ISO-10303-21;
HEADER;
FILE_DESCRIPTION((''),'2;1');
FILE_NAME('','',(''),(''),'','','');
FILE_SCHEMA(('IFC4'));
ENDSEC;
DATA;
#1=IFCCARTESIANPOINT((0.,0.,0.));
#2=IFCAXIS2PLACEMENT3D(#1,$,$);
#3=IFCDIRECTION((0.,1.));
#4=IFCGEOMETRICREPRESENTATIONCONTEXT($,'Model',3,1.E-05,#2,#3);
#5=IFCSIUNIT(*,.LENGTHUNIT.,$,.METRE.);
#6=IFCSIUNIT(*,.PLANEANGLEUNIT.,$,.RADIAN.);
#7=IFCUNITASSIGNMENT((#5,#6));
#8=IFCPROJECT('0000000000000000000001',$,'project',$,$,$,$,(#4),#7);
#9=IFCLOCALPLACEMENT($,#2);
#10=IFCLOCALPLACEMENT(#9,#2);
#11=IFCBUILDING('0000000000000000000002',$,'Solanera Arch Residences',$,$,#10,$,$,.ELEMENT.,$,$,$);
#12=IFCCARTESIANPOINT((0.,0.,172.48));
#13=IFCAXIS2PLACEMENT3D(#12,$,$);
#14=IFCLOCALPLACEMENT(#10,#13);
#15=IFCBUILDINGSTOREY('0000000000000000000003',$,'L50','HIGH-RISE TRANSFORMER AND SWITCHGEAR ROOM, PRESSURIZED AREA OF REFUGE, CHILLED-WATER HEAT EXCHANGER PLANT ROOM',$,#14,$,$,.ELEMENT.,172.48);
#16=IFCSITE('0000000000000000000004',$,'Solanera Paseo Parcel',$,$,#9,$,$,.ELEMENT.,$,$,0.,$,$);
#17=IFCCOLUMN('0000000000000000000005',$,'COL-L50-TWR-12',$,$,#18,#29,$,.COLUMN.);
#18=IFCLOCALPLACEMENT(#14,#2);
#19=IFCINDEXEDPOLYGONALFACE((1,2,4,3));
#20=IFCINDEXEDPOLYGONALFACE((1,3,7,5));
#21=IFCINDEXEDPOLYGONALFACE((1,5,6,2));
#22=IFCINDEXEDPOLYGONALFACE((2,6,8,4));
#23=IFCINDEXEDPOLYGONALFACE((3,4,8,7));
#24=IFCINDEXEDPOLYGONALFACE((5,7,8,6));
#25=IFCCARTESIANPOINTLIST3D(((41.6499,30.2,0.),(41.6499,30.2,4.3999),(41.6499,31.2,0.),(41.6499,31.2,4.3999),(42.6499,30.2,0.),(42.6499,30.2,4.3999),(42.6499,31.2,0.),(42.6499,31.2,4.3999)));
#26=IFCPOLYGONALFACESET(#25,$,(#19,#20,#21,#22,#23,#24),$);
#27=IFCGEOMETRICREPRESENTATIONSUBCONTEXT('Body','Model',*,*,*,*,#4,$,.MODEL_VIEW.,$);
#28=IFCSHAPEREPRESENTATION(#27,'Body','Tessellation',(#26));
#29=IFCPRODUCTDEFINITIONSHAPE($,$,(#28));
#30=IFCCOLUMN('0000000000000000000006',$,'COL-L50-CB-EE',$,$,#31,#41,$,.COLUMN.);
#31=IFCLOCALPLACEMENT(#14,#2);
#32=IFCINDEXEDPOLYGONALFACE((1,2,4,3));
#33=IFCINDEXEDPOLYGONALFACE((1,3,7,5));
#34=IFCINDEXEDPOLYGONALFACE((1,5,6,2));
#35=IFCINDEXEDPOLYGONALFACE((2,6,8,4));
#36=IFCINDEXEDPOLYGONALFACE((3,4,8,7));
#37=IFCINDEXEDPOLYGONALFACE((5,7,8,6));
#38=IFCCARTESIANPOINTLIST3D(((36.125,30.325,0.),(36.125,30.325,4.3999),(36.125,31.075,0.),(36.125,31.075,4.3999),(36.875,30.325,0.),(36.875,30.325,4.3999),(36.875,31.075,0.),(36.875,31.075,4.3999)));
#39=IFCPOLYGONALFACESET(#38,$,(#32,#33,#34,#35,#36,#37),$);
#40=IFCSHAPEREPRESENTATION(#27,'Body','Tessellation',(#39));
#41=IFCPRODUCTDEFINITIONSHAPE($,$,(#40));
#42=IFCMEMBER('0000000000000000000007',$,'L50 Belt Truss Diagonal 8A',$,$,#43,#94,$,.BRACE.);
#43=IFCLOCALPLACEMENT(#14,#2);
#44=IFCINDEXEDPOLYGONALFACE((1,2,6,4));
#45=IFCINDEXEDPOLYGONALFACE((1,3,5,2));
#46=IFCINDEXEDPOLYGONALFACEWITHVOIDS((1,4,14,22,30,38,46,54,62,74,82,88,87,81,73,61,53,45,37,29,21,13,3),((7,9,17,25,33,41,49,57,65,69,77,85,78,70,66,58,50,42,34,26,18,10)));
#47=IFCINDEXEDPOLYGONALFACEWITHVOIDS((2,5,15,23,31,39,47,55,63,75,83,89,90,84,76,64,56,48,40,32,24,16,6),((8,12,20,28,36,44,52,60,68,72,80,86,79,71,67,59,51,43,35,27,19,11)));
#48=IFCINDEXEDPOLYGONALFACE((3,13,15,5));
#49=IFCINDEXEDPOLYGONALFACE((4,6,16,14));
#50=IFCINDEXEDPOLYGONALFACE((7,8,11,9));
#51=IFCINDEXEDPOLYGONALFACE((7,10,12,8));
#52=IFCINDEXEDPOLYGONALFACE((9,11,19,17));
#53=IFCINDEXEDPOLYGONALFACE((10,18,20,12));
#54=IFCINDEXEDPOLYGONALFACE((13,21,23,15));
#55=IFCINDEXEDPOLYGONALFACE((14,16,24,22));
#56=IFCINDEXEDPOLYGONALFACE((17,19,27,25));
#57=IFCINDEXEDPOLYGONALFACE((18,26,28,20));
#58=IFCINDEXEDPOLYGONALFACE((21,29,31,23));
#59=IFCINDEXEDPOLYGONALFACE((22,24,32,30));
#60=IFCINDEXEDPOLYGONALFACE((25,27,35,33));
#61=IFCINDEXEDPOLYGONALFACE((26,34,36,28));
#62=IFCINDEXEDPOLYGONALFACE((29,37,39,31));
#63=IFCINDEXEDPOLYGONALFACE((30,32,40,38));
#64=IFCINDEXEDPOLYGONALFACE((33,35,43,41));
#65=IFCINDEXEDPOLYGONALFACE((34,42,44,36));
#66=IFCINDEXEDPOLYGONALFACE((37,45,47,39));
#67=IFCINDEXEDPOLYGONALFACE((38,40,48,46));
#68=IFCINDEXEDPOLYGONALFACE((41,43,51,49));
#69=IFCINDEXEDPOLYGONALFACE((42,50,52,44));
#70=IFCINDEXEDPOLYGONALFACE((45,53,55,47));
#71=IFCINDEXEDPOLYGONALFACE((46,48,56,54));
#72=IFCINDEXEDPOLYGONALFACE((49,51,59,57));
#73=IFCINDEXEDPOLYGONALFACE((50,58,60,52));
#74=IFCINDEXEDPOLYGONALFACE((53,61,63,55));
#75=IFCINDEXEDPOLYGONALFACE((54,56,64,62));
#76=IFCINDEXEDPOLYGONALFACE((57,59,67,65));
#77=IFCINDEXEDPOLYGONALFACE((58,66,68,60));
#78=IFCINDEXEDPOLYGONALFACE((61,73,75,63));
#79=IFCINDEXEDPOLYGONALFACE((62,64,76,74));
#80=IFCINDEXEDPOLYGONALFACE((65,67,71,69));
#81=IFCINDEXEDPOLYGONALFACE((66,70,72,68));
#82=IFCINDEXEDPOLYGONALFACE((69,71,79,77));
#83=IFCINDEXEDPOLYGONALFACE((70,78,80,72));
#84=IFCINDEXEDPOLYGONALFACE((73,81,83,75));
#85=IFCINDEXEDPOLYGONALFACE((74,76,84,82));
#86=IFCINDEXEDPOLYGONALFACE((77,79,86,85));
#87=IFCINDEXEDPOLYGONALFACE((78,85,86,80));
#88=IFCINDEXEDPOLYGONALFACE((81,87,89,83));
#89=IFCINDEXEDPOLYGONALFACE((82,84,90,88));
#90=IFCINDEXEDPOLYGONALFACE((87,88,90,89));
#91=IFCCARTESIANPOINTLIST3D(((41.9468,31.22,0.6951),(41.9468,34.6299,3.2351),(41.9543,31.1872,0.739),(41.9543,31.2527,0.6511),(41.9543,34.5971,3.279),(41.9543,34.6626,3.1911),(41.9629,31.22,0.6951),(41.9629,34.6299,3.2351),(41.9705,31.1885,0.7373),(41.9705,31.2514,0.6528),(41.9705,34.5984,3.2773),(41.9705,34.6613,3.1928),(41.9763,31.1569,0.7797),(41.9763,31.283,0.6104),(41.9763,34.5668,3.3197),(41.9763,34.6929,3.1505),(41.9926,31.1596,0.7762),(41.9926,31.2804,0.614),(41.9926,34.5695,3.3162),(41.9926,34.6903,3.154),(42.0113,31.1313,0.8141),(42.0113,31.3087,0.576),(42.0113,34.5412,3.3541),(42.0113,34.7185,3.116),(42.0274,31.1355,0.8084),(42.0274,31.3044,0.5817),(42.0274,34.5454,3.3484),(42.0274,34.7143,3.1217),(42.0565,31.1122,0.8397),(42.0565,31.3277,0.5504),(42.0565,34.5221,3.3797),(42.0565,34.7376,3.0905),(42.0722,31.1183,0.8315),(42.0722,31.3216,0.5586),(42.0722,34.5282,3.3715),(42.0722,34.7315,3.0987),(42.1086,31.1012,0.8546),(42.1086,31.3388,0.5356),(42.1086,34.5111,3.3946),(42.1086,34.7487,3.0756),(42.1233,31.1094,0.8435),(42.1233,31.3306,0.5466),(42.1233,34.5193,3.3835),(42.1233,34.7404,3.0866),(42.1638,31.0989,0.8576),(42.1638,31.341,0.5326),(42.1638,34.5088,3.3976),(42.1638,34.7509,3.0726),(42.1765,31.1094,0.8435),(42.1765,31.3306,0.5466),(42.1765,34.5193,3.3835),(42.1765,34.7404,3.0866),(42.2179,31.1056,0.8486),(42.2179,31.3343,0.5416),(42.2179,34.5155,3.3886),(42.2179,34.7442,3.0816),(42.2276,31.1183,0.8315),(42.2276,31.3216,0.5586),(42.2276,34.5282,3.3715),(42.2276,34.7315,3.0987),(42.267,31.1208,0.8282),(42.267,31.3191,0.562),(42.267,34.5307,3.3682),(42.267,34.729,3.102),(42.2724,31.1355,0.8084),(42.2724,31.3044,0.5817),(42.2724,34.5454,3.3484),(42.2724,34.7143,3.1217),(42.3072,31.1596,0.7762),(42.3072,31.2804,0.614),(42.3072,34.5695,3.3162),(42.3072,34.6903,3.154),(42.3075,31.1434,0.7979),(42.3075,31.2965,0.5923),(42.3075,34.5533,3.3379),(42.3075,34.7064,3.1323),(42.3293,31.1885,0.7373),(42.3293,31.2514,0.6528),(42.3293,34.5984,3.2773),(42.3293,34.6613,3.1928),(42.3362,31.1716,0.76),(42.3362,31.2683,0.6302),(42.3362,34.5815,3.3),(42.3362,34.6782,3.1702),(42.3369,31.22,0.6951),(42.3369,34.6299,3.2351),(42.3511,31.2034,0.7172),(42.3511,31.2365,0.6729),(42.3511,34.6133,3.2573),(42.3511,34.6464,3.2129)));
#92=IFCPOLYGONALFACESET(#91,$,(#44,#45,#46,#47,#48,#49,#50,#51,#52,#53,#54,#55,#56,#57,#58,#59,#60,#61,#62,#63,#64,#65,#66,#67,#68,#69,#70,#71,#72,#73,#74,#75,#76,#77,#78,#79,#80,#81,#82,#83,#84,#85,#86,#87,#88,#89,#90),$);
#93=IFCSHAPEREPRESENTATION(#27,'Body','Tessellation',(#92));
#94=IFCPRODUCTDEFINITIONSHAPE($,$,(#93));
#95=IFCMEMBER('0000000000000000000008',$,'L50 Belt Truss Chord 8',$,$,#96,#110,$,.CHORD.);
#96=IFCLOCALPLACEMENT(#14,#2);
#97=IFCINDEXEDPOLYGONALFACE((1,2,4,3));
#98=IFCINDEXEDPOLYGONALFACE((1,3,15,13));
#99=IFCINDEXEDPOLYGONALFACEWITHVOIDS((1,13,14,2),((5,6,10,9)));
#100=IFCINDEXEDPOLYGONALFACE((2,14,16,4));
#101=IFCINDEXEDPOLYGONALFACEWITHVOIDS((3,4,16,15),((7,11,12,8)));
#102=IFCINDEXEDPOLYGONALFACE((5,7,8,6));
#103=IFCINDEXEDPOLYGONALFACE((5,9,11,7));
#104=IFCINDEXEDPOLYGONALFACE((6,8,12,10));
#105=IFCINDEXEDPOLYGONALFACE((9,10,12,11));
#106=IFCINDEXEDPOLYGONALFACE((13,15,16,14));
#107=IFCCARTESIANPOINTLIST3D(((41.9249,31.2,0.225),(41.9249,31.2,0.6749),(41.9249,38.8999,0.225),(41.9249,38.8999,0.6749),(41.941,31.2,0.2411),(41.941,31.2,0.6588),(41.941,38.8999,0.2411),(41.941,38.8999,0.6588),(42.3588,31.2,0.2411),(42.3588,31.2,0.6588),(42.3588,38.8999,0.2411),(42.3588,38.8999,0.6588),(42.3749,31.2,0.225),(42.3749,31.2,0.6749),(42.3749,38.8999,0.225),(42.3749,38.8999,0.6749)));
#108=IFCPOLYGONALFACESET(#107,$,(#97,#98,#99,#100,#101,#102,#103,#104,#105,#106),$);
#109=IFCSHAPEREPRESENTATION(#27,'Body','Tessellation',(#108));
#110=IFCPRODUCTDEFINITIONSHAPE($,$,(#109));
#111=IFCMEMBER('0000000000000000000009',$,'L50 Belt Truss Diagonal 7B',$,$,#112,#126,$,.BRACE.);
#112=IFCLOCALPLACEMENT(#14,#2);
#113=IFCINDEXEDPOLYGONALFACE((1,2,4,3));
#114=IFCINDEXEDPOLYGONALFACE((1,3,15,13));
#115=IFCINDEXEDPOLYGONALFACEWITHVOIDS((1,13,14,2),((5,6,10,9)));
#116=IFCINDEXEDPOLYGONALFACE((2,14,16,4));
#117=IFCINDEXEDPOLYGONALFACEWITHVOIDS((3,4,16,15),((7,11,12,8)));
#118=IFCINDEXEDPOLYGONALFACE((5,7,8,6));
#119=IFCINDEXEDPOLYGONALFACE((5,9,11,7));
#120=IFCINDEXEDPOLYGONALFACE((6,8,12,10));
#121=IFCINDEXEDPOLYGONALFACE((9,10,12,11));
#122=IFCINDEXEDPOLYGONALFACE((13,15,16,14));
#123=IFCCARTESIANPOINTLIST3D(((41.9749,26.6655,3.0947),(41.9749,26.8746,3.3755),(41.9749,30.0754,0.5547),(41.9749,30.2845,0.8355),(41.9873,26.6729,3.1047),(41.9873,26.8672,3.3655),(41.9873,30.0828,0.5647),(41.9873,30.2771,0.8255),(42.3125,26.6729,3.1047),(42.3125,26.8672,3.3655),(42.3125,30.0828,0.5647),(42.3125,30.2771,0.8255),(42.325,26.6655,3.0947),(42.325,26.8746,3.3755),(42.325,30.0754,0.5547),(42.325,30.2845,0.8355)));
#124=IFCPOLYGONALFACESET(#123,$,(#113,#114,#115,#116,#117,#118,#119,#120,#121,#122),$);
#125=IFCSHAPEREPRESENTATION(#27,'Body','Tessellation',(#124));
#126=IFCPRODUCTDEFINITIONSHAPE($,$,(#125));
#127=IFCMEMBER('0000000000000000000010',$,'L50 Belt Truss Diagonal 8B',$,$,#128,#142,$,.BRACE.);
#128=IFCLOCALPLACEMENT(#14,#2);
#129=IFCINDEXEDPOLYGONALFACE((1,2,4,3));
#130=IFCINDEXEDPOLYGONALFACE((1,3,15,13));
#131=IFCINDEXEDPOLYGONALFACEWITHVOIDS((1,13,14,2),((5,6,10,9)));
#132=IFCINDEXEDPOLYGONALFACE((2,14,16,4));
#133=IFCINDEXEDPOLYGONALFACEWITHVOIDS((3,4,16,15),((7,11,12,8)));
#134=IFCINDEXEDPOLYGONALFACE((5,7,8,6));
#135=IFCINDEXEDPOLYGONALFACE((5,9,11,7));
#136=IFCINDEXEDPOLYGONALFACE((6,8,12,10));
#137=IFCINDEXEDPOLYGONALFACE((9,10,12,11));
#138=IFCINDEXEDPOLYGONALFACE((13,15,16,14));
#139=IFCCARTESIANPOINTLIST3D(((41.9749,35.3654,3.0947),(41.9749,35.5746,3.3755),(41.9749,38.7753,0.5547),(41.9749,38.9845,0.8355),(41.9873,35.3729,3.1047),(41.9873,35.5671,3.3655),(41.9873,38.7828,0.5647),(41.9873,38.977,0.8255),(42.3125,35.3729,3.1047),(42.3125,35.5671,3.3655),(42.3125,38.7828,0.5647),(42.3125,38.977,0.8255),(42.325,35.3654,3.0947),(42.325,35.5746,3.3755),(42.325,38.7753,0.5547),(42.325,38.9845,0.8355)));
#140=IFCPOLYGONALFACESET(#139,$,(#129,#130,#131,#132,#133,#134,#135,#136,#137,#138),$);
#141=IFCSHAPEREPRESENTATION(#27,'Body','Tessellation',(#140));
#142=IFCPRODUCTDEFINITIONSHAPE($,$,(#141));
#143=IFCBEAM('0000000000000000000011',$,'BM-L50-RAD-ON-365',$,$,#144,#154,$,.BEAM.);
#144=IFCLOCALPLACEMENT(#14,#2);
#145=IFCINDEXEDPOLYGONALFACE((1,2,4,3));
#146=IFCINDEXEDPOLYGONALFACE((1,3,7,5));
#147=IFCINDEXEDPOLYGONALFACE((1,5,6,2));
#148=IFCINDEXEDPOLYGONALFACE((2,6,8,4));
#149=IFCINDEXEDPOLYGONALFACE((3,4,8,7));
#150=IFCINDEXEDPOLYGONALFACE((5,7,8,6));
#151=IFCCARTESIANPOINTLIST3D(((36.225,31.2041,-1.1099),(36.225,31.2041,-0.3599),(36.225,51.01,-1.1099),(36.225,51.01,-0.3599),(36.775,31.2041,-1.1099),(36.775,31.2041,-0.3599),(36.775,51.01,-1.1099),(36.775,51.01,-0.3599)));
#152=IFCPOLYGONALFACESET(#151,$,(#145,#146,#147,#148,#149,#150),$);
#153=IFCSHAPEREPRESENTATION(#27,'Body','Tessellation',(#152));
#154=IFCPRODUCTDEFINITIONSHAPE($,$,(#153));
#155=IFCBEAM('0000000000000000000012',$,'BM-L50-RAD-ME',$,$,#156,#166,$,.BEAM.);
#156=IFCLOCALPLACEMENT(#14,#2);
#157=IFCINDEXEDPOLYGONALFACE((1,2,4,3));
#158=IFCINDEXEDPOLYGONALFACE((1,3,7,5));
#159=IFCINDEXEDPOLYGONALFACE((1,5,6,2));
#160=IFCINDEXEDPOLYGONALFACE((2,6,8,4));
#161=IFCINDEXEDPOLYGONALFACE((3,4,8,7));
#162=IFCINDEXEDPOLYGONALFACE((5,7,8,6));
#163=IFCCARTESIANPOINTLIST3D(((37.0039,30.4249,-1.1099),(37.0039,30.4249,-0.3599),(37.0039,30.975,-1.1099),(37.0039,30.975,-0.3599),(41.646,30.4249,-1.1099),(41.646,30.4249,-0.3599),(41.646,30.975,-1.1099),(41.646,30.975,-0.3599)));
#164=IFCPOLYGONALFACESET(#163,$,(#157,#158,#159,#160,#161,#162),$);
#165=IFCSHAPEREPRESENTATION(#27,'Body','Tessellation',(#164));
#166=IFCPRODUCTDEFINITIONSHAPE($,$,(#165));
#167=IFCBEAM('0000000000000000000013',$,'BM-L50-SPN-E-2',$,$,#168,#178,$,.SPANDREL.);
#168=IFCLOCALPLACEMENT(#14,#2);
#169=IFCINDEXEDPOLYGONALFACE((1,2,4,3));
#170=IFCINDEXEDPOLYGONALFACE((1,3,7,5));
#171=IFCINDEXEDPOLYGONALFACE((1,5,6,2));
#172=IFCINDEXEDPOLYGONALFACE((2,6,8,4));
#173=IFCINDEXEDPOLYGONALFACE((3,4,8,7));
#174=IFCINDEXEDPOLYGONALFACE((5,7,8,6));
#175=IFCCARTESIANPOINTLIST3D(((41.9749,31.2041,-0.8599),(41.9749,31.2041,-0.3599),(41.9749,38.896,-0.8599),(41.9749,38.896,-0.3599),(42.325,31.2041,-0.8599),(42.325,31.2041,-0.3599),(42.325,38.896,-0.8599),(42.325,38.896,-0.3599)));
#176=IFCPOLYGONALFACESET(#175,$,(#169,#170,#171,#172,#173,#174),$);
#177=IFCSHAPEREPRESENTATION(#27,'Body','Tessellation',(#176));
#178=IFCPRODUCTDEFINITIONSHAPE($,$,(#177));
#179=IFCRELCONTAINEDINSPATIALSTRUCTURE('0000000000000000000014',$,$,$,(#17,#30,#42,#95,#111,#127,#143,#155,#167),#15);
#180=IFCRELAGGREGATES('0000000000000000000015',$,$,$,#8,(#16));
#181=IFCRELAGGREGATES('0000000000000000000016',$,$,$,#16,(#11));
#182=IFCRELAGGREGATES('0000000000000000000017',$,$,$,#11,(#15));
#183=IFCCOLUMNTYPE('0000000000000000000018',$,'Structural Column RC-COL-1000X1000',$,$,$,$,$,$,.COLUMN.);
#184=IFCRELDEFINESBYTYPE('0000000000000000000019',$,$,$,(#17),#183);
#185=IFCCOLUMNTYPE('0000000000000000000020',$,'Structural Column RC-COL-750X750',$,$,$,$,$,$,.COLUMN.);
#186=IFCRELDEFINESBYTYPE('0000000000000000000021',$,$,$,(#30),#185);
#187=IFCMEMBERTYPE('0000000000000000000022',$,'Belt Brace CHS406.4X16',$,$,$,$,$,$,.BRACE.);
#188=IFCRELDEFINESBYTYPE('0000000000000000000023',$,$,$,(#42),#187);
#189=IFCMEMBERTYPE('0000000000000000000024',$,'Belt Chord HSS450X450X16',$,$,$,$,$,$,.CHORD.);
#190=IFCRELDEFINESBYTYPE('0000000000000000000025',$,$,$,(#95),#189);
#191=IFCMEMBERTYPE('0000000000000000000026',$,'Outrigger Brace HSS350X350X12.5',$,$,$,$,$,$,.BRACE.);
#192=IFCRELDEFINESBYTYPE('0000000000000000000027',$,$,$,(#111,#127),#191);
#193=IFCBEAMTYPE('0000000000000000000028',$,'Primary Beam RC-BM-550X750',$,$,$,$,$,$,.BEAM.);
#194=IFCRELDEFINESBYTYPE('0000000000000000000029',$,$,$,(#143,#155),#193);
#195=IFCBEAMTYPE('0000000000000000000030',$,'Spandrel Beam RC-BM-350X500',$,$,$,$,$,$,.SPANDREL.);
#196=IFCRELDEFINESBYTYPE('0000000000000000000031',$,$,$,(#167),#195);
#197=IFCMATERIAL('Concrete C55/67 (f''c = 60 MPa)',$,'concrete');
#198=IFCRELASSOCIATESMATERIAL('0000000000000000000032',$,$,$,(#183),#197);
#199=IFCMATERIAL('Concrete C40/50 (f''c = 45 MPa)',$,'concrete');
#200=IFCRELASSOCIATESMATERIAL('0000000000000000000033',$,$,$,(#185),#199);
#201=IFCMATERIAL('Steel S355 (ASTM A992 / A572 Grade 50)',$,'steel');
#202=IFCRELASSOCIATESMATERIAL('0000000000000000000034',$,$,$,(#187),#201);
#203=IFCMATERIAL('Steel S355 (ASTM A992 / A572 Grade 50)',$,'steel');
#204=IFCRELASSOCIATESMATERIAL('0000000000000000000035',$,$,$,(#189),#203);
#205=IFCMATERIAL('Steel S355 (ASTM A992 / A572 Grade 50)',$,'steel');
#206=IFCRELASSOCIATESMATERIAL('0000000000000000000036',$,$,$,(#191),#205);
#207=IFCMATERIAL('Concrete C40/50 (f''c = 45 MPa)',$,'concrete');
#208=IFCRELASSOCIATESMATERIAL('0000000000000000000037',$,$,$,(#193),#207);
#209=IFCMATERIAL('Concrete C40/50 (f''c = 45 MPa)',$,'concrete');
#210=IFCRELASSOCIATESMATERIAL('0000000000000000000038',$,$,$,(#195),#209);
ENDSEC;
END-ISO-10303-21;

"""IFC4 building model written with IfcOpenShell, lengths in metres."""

from ifc_helpers import new_model, si_unit, direction, frame, origin, origin_2d, place, context, subcontext, project, spatial, rectangle, hollow_rectangle, hollow_circle, extrude, material, material_profile, profile_set, type_object, element, save


model = new_model("IFC4")

# Units and contexts
model_context = context("Model", 3, precision=1e-05, world=origin(), true_north=direction((0.0, 1.0)))
body_context = subcontext(model_context, "Body", "Model", "MODEL_VIEW")
ifc_project = project(units=[si_unit("LENGTHUNIT", "METRE"), si_unit("PLANEANGLEUNIT", "RADIAN")], contexts=[model_context])

# Site, building, storey
site_placement = place(None, origin())
site = spatial("IfcSite", under=ifc_project, at=site_placement, Name="Solanera Paseo Parcel", CompositionType="ELEMENT", RefElevation=0.0)
building_placement = place(site_placement, origin())
building = spatial("IfcBuilding", under=site, at=building_placement, Name="Solanera Arch Residences", CompositionType="ELEMENT")
storey_placement = place(building_placement, frame((0.0, 0.0, 172.48)))
storey = spatial("IfcBuildingStorey", under=building, at=storey_placement, Name="L50", Description="HIGH-RISE TRANSFORMER AND SWITCHGEAR ROOM, PRESSURIZED AREA OF REFUGE, CHILLED-WATER HEAT EXCHANGER PLANT ROOM", CompositionType="ELEMENT", Elevation=172.48)

# Columns
ifc_material_1 = material(Name="Concrete C55/67 (f'c = 60 MPa)", Category="concrete")
ifc_material_profile_1 = material_profile(ifc_material_1, rectangle(XDim=1.0, YDim=1.0, at=origin_2d()))
ifc_profile_set_1 = profile_set([ifc_material_profile_1], Name="Concrete C55/67 (f'c = 60 MPa)")
column_type_1 = type_object("IfcColumnType", Name="Structural Column RC-COL-1000X1000", PredefinedType="COLUMN", material=ifc_profile_set_1)
column_1_placement = place(storey_placement, frame((42.1499, 30.7, 0.0), z_axis=(0.0, 0.0, 1.0), x_axis=(1.0, 0.0, 0.0)))
element("IfcColumn", 1, at=column_1_placement, inside=storey, type_object=column_type_1, Name="COL-L50-TWR-12", PredefinedType="COLUMN", context=body_context, shape_type="SweptSolid", body=[
    extrude(rectangle(XDim=1.0, YDim=1.0, at=origin_2d()), origin(), (0.0, 0.0, 1.0), 4.3999),
])
ifc_material_2 = material(Name="Concrete C40/50 (f'c = 45 MPa)", Category="concrete")
ifc_material_profile_2 = material_profile(ifc_material_2, rectangle(XDim=0.75, YDim=0.75, at=origin_2d()))
ifc_profile_set_2 = profile_set([ifc_material_profile_2], Name="Concrete C40/50 (f'c = 45 MPa)")
column_type_2 = type_object("IfcColumnType", Name="Structural Column RC-COL-750X750", PredefinedType="COLUMN", material=ifc_profile_set_2)
column_2_placement = place(storey_placement, frame((36.5, 30.7, 0.0), z_axis=(0.0, 0.0, 1.0), x_axis=(1.0, 0.0, 0.0)))
element("IfcColumn", 2, at=column_2_placement, inside=storey, type_object=column_type_2, Name="COL-L50-CB-EE", PredefinedType="COLUMN", context=body_context, shape_type="SweptSolid", body=[
    extrude(rectangle(XDim=0.75, YDim=0.75, at=origin_2d()), origin(), (0.0, 0.0, 1.0), 4.3999),
])

# Members
ifc_material_3 = material(Name="Steel S355 (ASTM A992 / A572 Grade 50)", Category="steel")
ifc_material_profile_3 = material_profile(ifc_material_3, hollow_circle(Radius=0.2031, WallThickness=0.0161, at=origin_2d()))
ifc_profile_set_3 = profile_set([ifc_material_profile_3], Name="Steel S355 (ASTM A992 / A572 Grade 50)")
member_type_1 = type_object("IfcMemberType", Name="Belt Brace CHS406.4X16", PredefinedType="BRACE", material=ifc_profile_set_3)
member_1_placement = place(storey_placement, frame((42.1499, 31.22, 0.6951), z_axis=(0.0, 0.801959, 0.597379), x_axis=(-1.0, 0.0, 0.0)))
element("IfcMember", 3, at=member_1_placement, inside=storey, type_object=member_type_1, Name="L50 Belt Truss Diagonal 8A", PredefinedType="BRACE", context=body_context, shape_type="SweptSolid", body=[
    extrude(hollow_circle(Radius=0.2031, WallThickness=0.0161, at=origin_2d()), origin(), (0.0, 0.0, 1.0), 4.252),
])
ifc_material_4 = material(Name="Steel S355 (ASTM A992 / A572 Grade 50)", Category="steel")
ifc_material_profile_4 = material_profile(ifc_material_4, hollow_rectangle(XDim=0.45, YDim=0.45, WallThickness=0.0161, at=origin_2d()))
ifc_profile_set_4 = profile_set([ifc_material_profile_4], Name="Steel S355 (ASTM A992 / A572 Grade 50)")
member_type_2 = type_object("IfcMemberType", Name="Belt Chord HSS450X450X16", PredefinedType="CHORD", material=ifc_profile_set_4)
member_2_placement = place(storey_placement, frame((42.1499, 31.2, 0.45), z_axis=(0.0, 1.0, 0.0), x_axis=(-1.0, 0.0, 0.0)))
element("IfcMember", 4, at=member_2_placement, inside=storey, type_object=member_type_2, Name="L50 Belt Truss Chord 8", PredefinedType="CHORD", context=body_context, shape_type="SweptSolid", body=[
    extrude(hollow_rectangle(XDim=0.45, YDim=0.45, WallThickness=0.0161, at=origin_2d()), origin(), (0.0, 0.0, 1.0), 7.7),
])
ifc_material_5 = material(Name="Steel S355 (ASTM A992 / A572 Grade 50)", Category="steel")
ifc_material_profile_5 = material_profile(ifc_material_5, hollow_rectangle(XDim=0.3501, YDim=0.3501, WallThickness=0.0125, at=origin_2d()))
ifc_profile_set_5 = profile_set([ifc_material_profile_5], Name="Steel S355 (ASTM A992 / A572 Grade 50)")
member_type_3 = type_object("IfcMemberType", Name="Outrigger Brace HSS350X350X12.5", PredefinedType="BRACE", material=ifc_profile_set_5)
for number, where, z_axis, x_axis, name in (
    (5, (42.1499, 30.1799, 0.6951), (0.0, -0.801959, 0.597379), (1.0, 0.0, 0.0), "L50 Belt Truss Diagonal 7B"),
    (6, (42.1499, 38.8799, 0.6951), (0.0, -0.801959, 0.597379), (1.0, 0.0, 0.0), "L50 Belt Truss Diagonal 8B"),
):
    element("IfcMember", number, at=place(storey_placement, frame(where, z_axis=z_axis, x_axis=x_axis)), inside=storey, type_object=member_type_3, Name=name, PredefinedType="BRACE", context=body_context, shape_type="SweptSolid", body=[
        extrude(hollow_rectangle(XDim=0.3501, YDim=0.3501, WallThickness=0.0125, at=origin_2d()), origin(), (0.0, 0.0, 1.0), 4.252),
    ])

# Beams
ifc_material_6 = material(Name="Concrete C40/50 (f'c = 45 MPa)", Category="concrete")
ifc_material_profile_6 = material_profile(ifc_material_6, rectangle(XDim=0.55, YDim=0.75, at=origin_2d()))
ifc_profile_set_6 = profile_set([ifc_material_profile_6], Name="Concrete C40/50 (f'c = 45 MPa)")
beam_type_1 = type_object("IfcBeamType", Name="Primary Beam RC-BM-550X750", PredefinedType="BEAM", material=ifc_profile_set_6)
beam_1_placement = place(storey_placement, frame((36.5, 31.2041, -0.7349), z_axis=(0.0, 1.0, 0.0), x_axis=(-1.0, 0.0, 0.0)))
element("IfcBeam", 7, at=beam_1_placement, inside=storey, type_object=beam_type_1, Name="BM-L50-RAD-ON-365", PredefinedType="BEAM", context=body_context, shape_type="SweptSolid", body=[
    extrude(rectangle(XDim=0.55, YDim=0.75, at=origin_2d()), origin(), (0.0, 0.0, 1.0), 19.8059),
])
beam_2_placement = place(storey_placement, frame((37.0039, 30.7, -0.7349), z_axis=(1.0, 0.0, 0.0), x_axis=(0.0, 1.0, 0.0)))
element("IfcBeam", 8, at=beam_2_placement, inside=storey, type_object=beam_type_1, Name="BM-L50-RAD-ME", PredefinedType="BEAM", context=body_context, shape_type="SweptSolid", body=[
    extrude(rectangle(XDim=0.55, YDim=0.75, at=origin_2d()), origin(), (0.0, 0.0, 1.0), 4.6421),
])
ifc_material_7 = material(Name="Concrete C40/50 (f'c = 45 MPa)", Category="concrete")
ifc_material_profile_7 = material_profile(ifc_material_7, rectangle(XDim=0.3501, YDim=0.5, at=origin_2d()))
ifc_profile_set_7 = profile_set([ifc_material_profile_7], Name="Concrete C40/50 (f'c = 45 MPa)")
beam_type_2 = type_object("IfcBeamType", Name="Spandrel Beam RC-BM-350X500", PredefinedType="SPANDREL", material=ifc_profile_set_7)
beam_3_placement = place(storey_placement, frame((42.1499, 31.2041, -0.6099), z_axis=(0.0, 1.0, 0.0), x_axis=(-1.0, 0.0, 0.0)))
element("IfcBeam", 9, at=beam_3_placement, inside=storey, type_object=beam_type_2, Name="BM-L50-SPN-E-2", PredefinedType="SPANDREL", context=body_context, shape_type="SweptSolid", body=[
    extrude(rectangle(XDim=0.3501, YDim=0.5, at=origin_2d()), origin(), (0.0, 0.0, 1.0), 7.6919),
])

save(model, "model.ifc")
